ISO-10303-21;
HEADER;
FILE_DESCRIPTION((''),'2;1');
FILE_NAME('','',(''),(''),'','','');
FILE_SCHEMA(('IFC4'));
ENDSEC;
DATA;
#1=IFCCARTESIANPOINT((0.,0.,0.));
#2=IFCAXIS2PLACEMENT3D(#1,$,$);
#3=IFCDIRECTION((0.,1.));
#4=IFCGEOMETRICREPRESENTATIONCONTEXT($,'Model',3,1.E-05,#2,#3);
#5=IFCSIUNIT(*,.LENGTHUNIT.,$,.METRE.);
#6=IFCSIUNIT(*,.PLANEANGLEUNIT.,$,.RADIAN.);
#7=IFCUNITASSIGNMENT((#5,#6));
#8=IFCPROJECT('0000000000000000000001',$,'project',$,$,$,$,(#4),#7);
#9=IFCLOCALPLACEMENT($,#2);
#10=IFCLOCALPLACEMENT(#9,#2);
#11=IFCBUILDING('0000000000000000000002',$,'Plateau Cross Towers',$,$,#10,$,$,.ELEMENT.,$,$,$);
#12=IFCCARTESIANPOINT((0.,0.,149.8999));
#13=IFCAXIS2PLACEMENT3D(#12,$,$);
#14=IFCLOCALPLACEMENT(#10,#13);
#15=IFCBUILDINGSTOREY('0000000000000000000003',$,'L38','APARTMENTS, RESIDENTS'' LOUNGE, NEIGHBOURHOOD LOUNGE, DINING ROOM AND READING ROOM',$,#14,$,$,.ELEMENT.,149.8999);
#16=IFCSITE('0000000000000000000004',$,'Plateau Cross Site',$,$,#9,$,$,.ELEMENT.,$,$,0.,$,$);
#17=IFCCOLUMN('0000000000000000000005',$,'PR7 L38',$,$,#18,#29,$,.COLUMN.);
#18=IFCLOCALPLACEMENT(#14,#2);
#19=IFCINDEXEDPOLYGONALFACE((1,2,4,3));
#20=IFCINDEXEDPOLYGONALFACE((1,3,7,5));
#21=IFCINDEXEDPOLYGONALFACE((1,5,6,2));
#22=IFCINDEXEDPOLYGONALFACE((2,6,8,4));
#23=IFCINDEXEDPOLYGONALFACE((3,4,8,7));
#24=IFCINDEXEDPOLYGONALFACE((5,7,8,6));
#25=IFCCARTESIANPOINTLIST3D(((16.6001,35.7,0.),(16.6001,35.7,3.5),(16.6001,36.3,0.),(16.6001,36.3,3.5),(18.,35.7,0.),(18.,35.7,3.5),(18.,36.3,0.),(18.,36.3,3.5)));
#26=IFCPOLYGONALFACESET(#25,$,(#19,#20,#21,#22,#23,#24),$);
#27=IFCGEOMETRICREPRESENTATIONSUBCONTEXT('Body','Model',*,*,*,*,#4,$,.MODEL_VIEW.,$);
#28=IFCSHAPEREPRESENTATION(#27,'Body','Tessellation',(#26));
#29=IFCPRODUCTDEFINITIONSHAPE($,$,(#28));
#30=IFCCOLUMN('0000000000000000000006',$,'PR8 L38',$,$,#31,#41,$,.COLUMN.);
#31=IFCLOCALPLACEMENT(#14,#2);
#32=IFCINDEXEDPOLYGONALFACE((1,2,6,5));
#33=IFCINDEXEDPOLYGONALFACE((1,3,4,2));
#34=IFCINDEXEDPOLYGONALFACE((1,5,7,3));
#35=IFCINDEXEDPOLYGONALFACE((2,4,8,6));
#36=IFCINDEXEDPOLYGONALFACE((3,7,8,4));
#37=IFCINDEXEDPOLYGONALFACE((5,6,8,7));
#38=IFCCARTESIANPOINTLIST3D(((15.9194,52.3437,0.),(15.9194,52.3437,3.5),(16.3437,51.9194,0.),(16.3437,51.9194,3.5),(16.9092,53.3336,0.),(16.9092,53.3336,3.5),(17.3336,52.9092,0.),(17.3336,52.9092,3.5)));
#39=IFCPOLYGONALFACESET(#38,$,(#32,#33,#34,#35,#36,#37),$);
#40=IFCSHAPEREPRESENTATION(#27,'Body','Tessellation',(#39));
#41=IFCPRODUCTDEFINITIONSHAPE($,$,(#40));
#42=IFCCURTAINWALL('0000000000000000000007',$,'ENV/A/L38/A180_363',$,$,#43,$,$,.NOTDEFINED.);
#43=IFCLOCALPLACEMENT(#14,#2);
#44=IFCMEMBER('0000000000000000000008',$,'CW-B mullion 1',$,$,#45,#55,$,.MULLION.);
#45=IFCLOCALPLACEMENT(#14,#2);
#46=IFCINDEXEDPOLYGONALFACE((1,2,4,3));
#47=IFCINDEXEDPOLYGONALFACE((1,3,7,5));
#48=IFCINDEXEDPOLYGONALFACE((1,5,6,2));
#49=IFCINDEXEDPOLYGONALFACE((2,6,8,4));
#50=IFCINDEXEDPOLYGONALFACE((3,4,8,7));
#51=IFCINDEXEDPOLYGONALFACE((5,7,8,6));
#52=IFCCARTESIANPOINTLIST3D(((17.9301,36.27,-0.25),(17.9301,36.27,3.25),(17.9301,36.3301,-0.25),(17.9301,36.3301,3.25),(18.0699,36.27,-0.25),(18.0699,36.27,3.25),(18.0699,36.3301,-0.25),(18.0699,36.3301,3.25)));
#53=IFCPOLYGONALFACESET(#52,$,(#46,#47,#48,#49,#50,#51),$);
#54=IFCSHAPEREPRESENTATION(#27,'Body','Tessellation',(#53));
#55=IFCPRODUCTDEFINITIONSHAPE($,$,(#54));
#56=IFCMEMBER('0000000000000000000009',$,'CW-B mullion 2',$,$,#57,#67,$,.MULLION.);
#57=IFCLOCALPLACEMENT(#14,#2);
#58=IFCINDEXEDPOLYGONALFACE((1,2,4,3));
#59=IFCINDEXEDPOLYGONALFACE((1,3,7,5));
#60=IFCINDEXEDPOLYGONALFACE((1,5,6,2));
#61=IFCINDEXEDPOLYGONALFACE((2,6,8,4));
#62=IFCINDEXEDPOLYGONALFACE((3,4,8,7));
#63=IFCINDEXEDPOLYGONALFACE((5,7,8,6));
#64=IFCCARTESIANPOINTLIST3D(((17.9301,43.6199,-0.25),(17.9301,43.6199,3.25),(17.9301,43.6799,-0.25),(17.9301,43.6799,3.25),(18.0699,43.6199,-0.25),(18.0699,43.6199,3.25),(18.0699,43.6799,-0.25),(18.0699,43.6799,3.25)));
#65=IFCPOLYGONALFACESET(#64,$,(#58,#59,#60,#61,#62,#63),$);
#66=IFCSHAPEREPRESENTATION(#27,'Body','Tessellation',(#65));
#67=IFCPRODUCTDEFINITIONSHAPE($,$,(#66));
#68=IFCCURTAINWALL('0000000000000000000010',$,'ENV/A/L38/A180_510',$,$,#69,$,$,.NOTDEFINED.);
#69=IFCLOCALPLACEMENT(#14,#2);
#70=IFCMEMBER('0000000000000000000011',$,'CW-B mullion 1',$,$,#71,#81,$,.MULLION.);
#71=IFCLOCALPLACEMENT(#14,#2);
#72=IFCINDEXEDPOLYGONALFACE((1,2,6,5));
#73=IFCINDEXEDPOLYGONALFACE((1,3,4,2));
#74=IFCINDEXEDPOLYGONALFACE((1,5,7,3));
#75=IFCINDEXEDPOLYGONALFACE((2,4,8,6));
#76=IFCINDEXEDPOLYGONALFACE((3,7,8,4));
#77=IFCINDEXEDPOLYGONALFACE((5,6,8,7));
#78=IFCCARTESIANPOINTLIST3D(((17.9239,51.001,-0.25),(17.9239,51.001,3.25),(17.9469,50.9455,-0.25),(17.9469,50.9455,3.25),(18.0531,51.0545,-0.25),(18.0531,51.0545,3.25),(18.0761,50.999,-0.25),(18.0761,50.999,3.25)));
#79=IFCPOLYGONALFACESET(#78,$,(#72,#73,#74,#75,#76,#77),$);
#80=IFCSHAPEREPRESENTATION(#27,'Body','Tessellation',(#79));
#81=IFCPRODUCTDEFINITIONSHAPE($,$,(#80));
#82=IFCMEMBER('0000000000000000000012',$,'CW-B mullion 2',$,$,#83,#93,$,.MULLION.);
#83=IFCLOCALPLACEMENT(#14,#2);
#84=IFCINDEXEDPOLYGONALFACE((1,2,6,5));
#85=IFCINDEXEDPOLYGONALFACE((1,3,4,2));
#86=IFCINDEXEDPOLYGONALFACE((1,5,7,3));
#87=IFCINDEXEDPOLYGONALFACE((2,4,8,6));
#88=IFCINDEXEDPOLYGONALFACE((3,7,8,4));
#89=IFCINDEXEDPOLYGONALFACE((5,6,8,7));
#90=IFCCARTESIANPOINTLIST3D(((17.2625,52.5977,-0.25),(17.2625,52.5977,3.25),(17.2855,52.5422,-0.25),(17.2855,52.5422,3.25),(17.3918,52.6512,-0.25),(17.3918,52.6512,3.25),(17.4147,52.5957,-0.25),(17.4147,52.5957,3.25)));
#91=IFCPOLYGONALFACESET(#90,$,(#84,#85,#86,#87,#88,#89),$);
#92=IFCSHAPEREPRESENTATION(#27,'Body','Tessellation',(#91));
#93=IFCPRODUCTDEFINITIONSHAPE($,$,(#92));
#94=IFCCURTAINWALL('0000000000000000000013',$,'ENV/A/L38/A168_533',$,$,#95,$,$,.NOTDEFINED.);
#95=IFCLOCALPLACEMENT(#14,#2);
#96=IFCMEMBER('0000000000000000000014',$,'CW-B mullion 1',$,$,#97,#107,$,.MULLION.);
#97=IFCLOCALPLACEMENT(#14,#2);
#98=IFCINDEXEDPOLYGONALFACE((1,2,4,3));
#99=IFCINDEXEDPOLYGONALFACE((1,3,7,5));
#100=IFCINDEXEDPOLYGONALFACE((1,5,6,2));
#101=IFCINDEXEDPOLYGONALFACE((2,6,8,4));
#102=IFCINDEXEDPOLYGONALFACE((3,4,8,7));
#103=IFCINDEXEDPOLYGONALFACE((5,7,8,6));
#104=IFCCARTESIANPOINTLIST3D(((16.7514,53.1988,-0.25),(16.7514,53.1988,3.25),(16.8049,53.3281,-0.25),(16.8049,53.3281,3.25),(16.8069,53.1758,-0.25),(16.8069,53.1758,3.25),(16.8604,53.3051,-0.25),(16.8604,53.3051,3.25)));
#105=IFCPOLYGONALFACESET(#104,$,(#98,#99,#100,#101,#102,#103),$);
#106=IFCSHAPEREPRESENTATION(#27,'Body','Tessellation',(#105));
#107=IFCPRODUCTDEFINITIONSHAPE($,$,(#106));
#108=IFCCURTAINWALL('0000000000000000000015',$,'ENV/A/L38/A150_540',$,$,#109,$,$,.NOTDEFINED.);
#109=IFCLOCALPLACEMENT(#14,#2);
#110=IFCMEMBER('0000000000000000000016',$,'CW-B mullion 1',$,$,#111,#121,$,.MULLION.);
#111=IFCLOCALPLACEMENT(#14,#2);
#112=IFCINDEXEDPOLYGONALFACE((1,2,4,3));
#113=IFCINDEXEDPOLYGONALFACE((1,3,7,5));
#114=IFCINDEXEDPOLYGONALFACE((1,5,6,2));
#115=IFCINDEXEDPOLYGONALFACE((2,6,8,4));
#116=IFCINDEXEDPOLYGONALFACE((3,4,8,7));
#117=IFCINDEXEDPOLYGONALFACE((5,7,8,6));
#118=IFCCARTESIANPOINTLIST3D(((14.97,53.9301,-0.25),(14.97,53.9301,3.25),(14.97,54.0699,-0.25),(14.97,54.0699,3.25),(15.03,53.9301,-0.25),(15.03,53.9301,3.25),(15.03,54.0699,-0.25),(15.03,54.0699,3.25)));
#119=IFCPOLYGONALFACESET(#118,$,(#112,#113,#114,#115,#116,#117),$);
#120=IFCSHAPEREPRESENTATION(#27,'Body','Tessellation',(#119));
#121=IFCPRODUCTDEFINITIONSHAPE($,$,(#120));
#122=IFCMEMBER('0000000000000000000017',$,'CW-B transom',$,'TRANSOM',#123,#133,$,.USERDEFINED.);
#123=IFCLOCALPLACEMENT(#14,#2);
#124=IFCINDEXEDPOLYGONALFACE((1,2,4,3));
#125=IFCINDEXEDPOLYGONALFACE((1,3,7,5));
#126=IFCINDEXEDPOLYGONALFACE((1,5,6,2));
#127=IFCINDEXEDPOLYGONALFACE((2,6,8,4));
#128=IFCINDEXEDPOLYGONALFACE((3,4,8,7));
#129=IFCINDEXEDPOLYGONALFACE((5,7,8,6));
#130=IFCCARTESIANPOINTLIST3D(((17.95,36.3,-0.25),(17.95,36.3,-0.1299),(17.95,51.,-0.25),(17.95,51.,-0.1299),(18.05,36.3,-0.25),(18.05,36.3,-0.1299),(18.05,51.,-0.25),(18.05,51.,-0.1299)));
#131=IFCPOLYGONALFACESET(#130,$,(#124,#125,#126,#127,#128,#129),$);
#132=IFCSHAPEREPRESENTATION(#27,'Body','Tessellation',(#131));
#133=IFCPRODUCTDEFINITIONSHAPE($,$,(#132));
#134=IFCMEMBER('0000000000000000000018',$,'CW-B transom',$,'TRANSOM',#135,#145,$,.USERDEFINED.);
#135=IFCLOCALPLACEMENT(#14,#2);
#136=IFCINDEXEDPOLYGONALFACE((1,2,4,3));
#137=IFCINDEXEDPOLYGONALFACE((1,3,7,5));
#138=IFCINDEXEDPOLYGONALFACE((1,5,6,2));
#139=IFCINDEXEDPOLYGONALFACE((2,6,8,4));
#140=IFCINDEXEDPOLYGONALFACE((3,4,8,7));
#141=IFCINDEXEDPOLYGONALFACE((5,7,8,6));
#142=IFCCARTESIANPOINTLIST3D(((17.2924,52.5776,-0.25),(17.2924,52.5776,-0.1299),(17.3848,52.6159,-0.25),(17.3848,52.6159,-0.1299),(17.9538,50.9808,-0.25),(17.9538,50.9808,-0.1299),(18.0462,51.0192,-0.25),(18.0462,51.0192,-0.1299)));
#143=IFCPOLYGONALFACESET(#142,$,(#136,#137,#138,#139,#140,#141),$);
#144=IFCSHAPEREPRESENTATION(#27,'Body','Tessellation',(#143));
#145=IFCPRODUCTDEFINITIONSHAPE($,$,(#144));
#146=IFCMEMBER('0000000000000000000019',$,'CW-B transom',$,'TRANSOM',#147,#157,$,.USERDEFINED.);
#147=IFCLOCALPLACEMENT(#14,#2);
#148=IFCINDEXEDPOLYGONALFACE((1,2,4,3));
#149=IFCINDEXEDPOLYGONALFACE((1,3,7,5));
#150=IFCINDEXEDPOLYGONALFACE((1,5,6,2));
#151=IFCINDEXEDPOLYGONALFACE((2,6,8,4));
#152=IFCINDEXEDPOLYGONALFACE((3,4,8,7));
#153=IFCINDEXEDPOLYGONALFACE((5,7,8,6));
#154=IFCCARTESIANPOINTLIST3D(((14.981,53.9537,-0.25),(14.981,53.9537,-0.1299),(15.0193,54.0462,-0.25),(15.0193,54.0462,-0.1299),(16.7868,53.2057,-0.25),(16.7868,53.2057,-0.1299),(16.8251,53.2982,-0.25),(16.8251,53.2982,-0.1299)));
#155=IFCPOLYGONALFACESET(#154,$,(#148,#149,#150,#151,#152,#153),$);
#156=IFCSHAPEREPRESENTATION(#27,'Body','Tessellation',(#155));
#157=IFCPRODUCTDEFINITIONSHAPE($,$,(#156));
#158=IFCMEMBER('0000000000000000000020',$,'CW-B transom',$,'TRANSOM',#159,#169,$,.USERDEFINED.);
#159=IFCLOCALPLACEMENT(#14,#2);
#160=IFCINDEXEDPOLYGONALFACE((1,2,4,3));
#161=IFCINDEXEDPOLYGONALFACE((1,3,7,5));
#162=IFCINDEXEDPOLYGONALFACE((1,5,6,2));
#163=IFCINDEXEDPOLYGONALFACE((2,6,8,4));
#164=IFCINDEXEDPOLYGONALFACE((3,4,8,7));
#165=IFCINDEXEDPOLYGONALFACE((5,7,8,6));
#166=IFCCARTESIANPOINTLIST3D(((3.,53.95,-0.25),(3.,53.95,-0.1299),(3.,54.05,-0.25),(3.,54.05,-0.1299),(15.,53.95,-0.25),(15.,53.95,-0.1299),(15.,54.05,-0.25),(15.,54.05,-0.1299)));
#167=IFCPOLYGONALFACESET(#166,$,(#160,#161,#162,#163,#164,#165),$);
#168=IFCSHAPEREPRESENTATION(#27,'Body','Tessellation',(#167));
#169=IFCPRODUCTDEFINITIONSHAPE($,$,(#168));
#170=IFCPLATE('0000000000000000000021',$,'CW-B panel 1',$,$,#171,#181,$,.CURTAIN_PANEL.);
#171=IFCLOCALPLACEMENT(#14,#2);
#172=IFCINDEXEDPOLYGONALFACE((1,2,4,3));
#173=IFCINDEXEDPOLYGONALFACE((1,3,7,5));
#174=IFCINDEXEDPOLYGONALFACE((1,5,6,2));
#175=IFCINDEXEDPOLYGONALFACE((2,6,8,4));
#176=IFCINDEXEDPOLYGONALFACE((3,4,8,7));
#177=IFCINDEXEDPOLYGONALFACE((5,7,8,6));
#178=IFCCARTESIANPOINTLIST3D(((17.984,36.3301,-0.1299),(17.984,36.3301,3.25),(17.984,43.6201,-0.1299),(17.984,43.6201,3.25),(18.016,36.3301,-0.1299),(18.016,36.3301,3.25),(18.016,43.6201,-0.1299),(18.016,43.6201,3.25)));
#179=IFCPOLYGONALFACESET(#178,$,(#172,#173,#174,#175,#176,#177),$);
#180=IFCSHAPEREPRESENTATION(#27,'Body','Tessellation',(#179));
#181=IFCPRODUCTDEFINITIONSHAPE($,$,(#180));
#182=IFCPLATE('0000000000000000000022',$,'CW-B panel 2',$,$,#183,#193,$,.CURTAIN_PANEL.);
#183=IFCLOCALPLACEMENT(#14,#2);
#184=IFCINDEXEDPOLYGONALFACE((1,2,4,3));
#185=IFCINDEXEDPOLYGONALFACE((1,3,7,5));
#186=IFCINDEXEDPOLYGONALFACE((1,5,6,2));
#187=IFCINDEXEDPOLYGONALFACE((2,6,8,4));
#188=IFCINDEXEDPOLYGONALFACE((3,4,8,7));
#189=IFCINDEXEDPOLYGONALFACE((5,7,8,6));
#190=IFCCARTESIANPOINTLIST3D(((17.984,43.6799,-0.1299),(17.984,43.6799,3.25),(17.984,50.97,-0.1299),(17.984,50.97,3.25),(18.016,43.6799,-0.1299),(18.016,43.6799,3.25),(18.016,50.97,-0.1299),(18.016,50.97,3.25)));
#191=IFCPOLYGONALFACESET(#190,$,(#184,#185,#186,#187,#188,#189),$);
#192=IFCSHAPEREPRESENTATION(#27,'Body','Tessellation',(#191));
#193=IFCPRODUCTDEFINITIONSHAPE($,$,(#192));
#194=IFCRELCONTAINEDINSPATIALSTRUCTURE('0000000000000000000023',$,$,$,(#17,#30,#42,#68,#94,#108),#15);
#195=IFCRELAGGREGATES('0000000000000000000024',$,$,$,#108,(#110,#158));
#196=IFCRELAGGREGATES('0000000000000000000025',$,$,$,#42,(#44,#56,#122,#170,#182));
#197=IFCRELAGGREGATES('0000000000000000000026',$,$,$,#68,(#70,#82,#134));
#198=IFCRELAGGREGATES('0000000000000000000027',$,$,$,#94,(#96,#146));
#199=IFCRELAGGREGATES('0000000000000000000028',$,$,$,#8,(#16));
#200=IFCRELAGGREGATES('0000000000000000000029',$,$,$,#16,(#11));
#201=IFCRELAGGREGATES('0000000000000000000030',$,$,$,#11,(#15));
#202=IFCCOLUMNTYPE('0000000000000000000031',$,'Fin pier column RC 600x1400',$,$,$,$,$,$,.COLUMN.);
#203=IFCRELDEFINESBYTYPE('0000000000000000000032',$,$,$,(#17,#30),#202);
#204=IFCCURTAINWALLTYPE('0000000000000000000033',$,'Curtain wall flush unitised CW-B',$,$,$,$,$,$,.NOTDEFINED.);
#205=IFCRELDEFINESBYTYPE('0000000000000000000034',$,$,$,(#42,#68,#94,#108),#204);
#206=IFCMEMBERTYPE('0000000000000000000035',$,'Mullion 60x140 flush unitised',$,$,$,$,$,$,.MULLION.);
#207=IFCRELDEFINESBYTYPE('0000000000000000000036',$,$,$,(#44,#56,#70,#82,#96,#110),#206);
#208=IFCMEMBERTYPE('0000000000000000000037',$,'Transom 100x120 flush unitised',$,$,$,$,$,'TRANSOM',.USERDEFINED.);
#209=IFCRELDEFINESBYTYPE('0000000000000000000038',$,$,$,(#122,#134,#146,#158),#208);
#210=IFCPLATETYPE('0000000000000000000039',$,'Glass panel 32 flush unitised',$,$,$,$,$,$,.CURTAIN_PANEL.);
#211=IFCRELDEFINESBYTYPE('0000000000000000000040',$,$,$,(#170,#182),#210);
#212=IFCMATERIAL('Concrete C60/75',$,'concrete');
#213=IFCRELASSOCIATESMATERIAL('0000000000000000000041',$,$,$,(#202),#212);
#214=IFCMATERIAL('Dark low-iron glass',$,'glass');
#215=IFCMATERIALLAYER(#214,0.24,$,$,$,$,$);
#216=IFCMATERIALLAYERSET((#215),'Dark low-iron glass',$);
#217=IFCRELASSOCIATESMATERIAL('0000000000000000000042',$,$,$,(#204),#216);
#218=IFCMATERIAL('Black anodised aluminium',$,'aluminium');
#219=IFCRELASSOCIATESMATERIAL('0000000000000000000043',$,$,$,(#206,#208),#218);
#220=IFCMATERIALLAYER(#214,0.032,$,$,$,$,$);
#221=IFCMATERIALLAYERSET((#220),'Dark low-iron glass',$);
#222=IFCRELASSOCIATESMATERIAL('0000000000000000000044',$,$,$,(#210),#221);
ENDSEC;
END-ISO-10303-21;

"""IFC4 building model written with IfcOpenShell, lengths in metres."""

from ifc_helpers import new_model, si_unit, direction, frame, origin, origin_2d, place, context, subcontext, project, spatial, rectangle, extrude, material, layer, layer_set, material_profile, profile_set, type_object, element, aggregate, save


model = new_model("IFC4")

# Units and contexts
model_context = context("Model", 3, precision=1e-05, world=origin(), true_north=direction((0.0, 1.0)))
body_context = subcontext(model_context, "Body", "Model", "MODEL_VIEW")
ifc_project = project(units=[si_unit("LENGTHUNIT", "METRE"), si_unit("PLANEANGLEUNIT", "RADIAN")], contexts=[model_context])

# Site, building, storey
site_placement = place(None, origin())
site = spatial("IfcSite", under=ifc_project, at=site_placement, Name="Plateau Cross Site", CompositionType="ELEMENT", RefElevation=0.0)
building_placement = place(site_placement, origin())
building = spatial("IfcBuilding", under=site, at=building_placement, Name="Plateau Cross Towers", CompositionType="ELEMENT")
storey_placement = place(building_placement, frame((0.0, 0.0, 149.8999)))
storey = spatial("IfcBuildingStorey", under=building, at=storey_placement, Name="L38", Description="APARTMENTS, RESIDENTS' LOUNGE, NEIGHBOURHOOD LOUNGE, DINING ROOM AND READING ROOM", CompositionType="ELEMENT", Elevation=149.8999)

# Columns
ifc_material_1 = material(Name="Concrete C60/75", Category="concrete")
ifc_material_profile_1 = material_profile(ifc_material_1, rectangle(XDim=0.6001, YDim=1.3999, at=origin_2d()), Name="RC 600x1400")
ifc_profile_set_1 = profile_set([ifc_material_profile_1], Name="Concrete C60/75")
column_type = type_object("IfcColumnType", Name="Fin pier column RC 600x1400", PredefinedType="COLUMN", material=ifc_profile_set_1)
for number, where, z_axis, x_axis, name in (
    (1, (17.3, 36.0, 0.0), (0.0, 0.0, 1.0), (0.0, 1.0, 0.0), "PR7 L38"),
    (2, (16.6265, 52.6265, 0.0), (0.0, 0.0, 1.0), (-0.707107, 0.707107, 0.0), "PR8 L38"),
):
    element("IfcColumn", number, at=place(storey_placement, frame(where, z_axis=z_axis, x_axis=x_axis)), inside=storey, type_object=column_type, Name=name, PredefinedType="COLUMN", context=body_context, shape_type="SweptSolid", body=[
        extrude(rectangle(XDim=0.6001, YDim=1.3999, at=origin_2d()), origin(), (0.0, 0.0, 1.0), 3.5),
    ])

# Curtain walls, members
ifc_material_2 = material(Name="Dark low-iron glass", Category="glass")
ifc_layer_1 = layer(ifc_material_2, 0.24)
ifc_layer_set_1 = layer_set([ifc_layer_1], Name="Dark low-iron glass")
curtain_wall_type = type_object("IfcCurtainWallType", Name="Curtain wall flush unitised CW-B", PredefinedType="NOTDEFINED", material=ifc_layer_set_1)
curtain_wall_1_placement = place(storey_placement, origin())
curtain_wall_1 = element("IfcCurtainWall", 3, at=curtain_wall_1_placement, inside=storey, type_object=curtain_wall_type, Name="ENV/A/L38/A180_363", PredefinedType="NOTDEFINED")
ifc_material_3 = material(Name="Black anodised aluminium", Category="aluminium")
ifc_material_profile_2 = material_profile(ifc_material_3, rectangle(XDim=0.0601, YDim=0.1399, at=origin_2d()), Name="MULLION 60x140")
ifc_profile_set_2 = profile_set([ifc_material_profile_2], Name="Black anodised aluminium")
member_type_1 = type_object("IfcMemberType", Name="Mullion 60x140 flush unitised", PredefinedType="MULLION", material=ifc_profile_set_2)
member_1_placement = place(storey_placement, frame((18.0, 36.3, -0.25), z_axis=(0.0, 0.0, 1.0), x_axis=(0.0, 1.0, 0.0)))
member_1 = element("IfcMember", 4, at=member_1_placement, type_object=member_type_1, Name="CW-B mullion 1", PredefinedType="MULLION", context=body_context, shape_type="SweptSolid", body=[
    extrude(rectangle(XDim=0.0601, YDim=0.1399, at=origin_2d()), origin(), (0.0, 0.0, 1.0), 3.5),
])
member_2_placement = place(storey_placement, frame((18.0, 43.6499, -0.25), z_axis=(0.0, 0.0, 1.0), x_axis=(0.0, 1.0, 0.0)))
member_2 = element("IfcMember", 5, at=member_2_placement, type_object=member_type_1, Name="CW-B mullion 2", PredefinedType="MULLION", context=body_context, shape_type="SweptSolid", body=[
    extrude(rectangle(XDim=0.0601, YDim=0.1399, at=origin_2d()), origin(), (0.0, 0.0, 1.0), 3.5),
])
curtain_wall_2_placement = place(storey_placement, origin())
curtain_wall_2 = element("IfcCurtainWall", 6, at=curtain_wall_2_placement, inside=storey, type_object=curtain_wall_type, Name="ENV/A/L38/A180_510", PredefinedType="NOTDEFINED")
member_3_placement = place(storey_placement, frame((18.0, 51.0, -0.25), z_axis=(0.0, 0.0, 1.0), x_axis=(-0.382684, 0.923879, 0.0)))
member_3 = element("IfcMember", 7, at=member_3_placement, type_object=member_type_1, Name="CW-B mullion 1", PredefinedType="MULLION", context=body_context, shape_type="SweptSolid", body=[
    extrude(rectangle(XDim=0.0601, YDim=0.1399, at=origin_2d()), origin(), (0.0, 0.0, 1.0), 3.5),
])
member_4_placement = place(storey_placement, frame((17.3386, 52.5967, -0.25), z_axis=(0.0, 0.0, 1.0), x_axis=(-0.382684, 0.923879, 0.0)))
member_4 = element("IfcMember", 8, at=member_4_placement, type_object=member_type_1, Name="CW-B mullion 2", PredefinedType="MULLION", context=body_context, shape_type="SweptSolid", body=[
    extrude(rectangle(XDim=0.0601, YDim=0.1399, at=origin_2d()), origin(), (0.0, 0.0, 1.0), 3.5),
])

# Curtain walls, members
curtain_wall_3_placement = place(storey_placement, origin())
curtain_wall_3 = element("IfcCurtainWall", 9, at=curtain_wall_3_placement, inside=storey, type_object=curtain_wall_type, Name="ENV/A/L38/A168_533", PredefinedType="NOTDEFINED")
member_5_placement = place(storey_placement, frame((16.8059, 53.252, -0.25), z_axis=(0.0, 0.0, 1.0), x_axis=(-0.923879, 0.382684, 0.0)))
member_5 = element("IfcMember", 10, at=member_5_placement, type_object=member_type_1, Name="CW-B mullion 1", PredefinedType="MULLION", context=body_context, shape_type="SweptSolid", body=[
    extrude(rectangle(XDim=0.0601, YDim=0.1399, at=origin_2d()), origin(), (0.0, 0.0, 1.0), 3.5),
])
curtain_wall_4_placement = place(storey_placement, origin())
curtain_wall_4 = element("IfcCurtainWall", 11, at=curtain_wall_4_placement, inside=storey, type_object=curtain_wall_type, Name="ENV/A/L38/A150_540", PredefinedType="NOTDEFINED")
member_6_placement = place(storey_placement, frame((15.0, 54.0, -0.25), z_axis=(0.0, 0.0, 1.0), x_axis=(-1.0, 0.0, 0.0)))
member_6 = element("IfcMember", 12, at=member_6_placement, type_object=member_type_1, Name="CW-B mullion 1", PredefinedType="MULLION", context=body_context, shape_type="SweptSolid", body=[
    extrude(rectangle(XDim=0.0601, YDim=0.1399, at=origin_2d()), origin(), (0.0, 0.0, 1.0), 3.5),
])

# Members
ifc_material_profile_3 = material_profile(ifc_material_3, rectangle(XDim=0.1001, YDim=0.1201, at=origin_2d()), Name="TRANSOM 100x120")
ifc_profile_set_3 = profile_set([ifc_material_profile_3], Name="Black anodised aluminium")
member_type_2 = type_object("IfcMemberType", Name="Transom 100x120 flush unitised", ElementType="TRANSOM", PredefinedType="USERDEFINED", material=ifc_profile_set_3)
member_7_placement = place(storey_placement, frame((18.0, 36.3, -0.1899), z_axis=(0.0, 1.0, 0.0), x_axis=(-1.0, 0.0, 0.0)))
member_7 = element("IfcMember", 13, at=member_7_placement, type_object=member_type_2, Name="CW-B transom", ObjectType="TRANSOM", PredefinedType="USERDEFINED", context=body_context, shape_type="SweptSolid", body=[
    extrude(rectangle(XDim=0.1001, YDim=0.1201, at=origin_2d()), origin(), (0.0, 0.0, 1.0), 14.7),
])
member_8_placement = place(storey_placement, frame((18.0, 51.0, -0.1899), z_axis=(-0.382689, 0.923877, 0.0), x_axis=(-0.923877, -0.382689, 0.0)))
member_8 = element("IfcMember", 14, at=member_8_placement, type_object=member_type_2, Name="CW-B transom", ObjectType="TRANSOM", PredefinedType="USERDEFINED", context=body_context, shape_type="SweptSolid", body=[
    extrude(rectangle(XDim=0.1001, YDim=0.1201, at=origin_2d()), origin(), (0.0, 0.0, 1.0), 1.7283),
])
member_9_placement = place(storey_placement, frame((16.8059, 53.252, -0.1899), z_axis=(-0.923877, 0.38269, 0.0), x_axis=(-0.38269, -0.923877, 0.0)))
member_9 = element("IfcMember", 15, at=member_9_placement, type_object=member_type_2, Name="CW-B transom", ObjectType="TRANSOM", PredefinedType="USERDEFINED", context=body_context, shape_type="SweptSolid", body=[
    extrude(rectangle(XDim=0.1001, YDim=0.1201, at=origin_2d()), origin(), (0.0, 0.0, 1.0), 1.9546),
])
member_10_placement = place(storey_placement, frame((15.0, 54.0, -0.1899), z_axis=(-1.0, 0.0, 0.0), x_axis=(0.0, -1.0, 0.0)))
member_10 = element("IfcMember", 16, at=member_10_placement, type_object=member_type_2, Name="CW-B transom", ObjectType="TRANSOM", PredefinedType="USERDEFINED", context=body_context, shape_type="SweptSolid", body=[
    extrude(rectangle(XDim=0.1001, YDim=0.1201, at=origin_2d()), origin(), (0.0, 0.0, 1.0), 12.0),
])
aggregate(curtain_wall_4, [member_6, member_10])

# Plates
ifc_layer_2 = layer(ifc_material_2, 0.032)
ifc_layer_set_2 = layer_set([ifc_layer_2], Name="Dark low-iron glass")
plate_type = type_object("IfcPlateType", Name="Glass panel 32 flush unitised", PredefinedType="CURTAIN_PANEL", material=ifc_layer_set_2)
plate_1_placement = place(storey_placement, frame((18.0, 39.9751, -0.1299), z_axis=(0.0, 0.0, 1.0), x_axis=(0.0, 1.0, 0.0)))
plate_1 = element("IfcPlate", 17, at=plate_1_placement, type_object=plate_type, Name="CW-B panel 1", PredefinedType="CURTAIN_PANEL", context=body_context, shape_type="SweptSolid", body=[
    extrude(rectangle(XDim=7.29, YDim=0.032, at=origin_2d()), origin(), (0.0, 0.0, 1.0), 3.3799),
])
plate_2_placement = place(storey_placement, frame((18.0, 47.325, -0.1299), z_axis=(0.0, 0.0, 1.0), x_axis=(0.0, 1.0, 0.0)))
plate_2 = element("IfcPlate", 18, at=plate_2_placement, type_object=plate_type, Name="CW-B panel 2", PredefinedType="CURTAIN_PANEL", context=body_context, shape_type="SweptSolid", body=[
    extrude(rectangle(XDim=7.29, YDim=0.032, at=origin_2d()), origin(), (0.0, 0.0, 1.0), 3.3799),
])
aggregate(curtain_wall_1, [member_1, member_2, member_7, plate_1, plate_2])
aggregate(curtain_wall_2, [member_3, member_4, member_8])
aggregate(curtain_wall_3, [member_5, member_9])

save(model, "model.ifc")
